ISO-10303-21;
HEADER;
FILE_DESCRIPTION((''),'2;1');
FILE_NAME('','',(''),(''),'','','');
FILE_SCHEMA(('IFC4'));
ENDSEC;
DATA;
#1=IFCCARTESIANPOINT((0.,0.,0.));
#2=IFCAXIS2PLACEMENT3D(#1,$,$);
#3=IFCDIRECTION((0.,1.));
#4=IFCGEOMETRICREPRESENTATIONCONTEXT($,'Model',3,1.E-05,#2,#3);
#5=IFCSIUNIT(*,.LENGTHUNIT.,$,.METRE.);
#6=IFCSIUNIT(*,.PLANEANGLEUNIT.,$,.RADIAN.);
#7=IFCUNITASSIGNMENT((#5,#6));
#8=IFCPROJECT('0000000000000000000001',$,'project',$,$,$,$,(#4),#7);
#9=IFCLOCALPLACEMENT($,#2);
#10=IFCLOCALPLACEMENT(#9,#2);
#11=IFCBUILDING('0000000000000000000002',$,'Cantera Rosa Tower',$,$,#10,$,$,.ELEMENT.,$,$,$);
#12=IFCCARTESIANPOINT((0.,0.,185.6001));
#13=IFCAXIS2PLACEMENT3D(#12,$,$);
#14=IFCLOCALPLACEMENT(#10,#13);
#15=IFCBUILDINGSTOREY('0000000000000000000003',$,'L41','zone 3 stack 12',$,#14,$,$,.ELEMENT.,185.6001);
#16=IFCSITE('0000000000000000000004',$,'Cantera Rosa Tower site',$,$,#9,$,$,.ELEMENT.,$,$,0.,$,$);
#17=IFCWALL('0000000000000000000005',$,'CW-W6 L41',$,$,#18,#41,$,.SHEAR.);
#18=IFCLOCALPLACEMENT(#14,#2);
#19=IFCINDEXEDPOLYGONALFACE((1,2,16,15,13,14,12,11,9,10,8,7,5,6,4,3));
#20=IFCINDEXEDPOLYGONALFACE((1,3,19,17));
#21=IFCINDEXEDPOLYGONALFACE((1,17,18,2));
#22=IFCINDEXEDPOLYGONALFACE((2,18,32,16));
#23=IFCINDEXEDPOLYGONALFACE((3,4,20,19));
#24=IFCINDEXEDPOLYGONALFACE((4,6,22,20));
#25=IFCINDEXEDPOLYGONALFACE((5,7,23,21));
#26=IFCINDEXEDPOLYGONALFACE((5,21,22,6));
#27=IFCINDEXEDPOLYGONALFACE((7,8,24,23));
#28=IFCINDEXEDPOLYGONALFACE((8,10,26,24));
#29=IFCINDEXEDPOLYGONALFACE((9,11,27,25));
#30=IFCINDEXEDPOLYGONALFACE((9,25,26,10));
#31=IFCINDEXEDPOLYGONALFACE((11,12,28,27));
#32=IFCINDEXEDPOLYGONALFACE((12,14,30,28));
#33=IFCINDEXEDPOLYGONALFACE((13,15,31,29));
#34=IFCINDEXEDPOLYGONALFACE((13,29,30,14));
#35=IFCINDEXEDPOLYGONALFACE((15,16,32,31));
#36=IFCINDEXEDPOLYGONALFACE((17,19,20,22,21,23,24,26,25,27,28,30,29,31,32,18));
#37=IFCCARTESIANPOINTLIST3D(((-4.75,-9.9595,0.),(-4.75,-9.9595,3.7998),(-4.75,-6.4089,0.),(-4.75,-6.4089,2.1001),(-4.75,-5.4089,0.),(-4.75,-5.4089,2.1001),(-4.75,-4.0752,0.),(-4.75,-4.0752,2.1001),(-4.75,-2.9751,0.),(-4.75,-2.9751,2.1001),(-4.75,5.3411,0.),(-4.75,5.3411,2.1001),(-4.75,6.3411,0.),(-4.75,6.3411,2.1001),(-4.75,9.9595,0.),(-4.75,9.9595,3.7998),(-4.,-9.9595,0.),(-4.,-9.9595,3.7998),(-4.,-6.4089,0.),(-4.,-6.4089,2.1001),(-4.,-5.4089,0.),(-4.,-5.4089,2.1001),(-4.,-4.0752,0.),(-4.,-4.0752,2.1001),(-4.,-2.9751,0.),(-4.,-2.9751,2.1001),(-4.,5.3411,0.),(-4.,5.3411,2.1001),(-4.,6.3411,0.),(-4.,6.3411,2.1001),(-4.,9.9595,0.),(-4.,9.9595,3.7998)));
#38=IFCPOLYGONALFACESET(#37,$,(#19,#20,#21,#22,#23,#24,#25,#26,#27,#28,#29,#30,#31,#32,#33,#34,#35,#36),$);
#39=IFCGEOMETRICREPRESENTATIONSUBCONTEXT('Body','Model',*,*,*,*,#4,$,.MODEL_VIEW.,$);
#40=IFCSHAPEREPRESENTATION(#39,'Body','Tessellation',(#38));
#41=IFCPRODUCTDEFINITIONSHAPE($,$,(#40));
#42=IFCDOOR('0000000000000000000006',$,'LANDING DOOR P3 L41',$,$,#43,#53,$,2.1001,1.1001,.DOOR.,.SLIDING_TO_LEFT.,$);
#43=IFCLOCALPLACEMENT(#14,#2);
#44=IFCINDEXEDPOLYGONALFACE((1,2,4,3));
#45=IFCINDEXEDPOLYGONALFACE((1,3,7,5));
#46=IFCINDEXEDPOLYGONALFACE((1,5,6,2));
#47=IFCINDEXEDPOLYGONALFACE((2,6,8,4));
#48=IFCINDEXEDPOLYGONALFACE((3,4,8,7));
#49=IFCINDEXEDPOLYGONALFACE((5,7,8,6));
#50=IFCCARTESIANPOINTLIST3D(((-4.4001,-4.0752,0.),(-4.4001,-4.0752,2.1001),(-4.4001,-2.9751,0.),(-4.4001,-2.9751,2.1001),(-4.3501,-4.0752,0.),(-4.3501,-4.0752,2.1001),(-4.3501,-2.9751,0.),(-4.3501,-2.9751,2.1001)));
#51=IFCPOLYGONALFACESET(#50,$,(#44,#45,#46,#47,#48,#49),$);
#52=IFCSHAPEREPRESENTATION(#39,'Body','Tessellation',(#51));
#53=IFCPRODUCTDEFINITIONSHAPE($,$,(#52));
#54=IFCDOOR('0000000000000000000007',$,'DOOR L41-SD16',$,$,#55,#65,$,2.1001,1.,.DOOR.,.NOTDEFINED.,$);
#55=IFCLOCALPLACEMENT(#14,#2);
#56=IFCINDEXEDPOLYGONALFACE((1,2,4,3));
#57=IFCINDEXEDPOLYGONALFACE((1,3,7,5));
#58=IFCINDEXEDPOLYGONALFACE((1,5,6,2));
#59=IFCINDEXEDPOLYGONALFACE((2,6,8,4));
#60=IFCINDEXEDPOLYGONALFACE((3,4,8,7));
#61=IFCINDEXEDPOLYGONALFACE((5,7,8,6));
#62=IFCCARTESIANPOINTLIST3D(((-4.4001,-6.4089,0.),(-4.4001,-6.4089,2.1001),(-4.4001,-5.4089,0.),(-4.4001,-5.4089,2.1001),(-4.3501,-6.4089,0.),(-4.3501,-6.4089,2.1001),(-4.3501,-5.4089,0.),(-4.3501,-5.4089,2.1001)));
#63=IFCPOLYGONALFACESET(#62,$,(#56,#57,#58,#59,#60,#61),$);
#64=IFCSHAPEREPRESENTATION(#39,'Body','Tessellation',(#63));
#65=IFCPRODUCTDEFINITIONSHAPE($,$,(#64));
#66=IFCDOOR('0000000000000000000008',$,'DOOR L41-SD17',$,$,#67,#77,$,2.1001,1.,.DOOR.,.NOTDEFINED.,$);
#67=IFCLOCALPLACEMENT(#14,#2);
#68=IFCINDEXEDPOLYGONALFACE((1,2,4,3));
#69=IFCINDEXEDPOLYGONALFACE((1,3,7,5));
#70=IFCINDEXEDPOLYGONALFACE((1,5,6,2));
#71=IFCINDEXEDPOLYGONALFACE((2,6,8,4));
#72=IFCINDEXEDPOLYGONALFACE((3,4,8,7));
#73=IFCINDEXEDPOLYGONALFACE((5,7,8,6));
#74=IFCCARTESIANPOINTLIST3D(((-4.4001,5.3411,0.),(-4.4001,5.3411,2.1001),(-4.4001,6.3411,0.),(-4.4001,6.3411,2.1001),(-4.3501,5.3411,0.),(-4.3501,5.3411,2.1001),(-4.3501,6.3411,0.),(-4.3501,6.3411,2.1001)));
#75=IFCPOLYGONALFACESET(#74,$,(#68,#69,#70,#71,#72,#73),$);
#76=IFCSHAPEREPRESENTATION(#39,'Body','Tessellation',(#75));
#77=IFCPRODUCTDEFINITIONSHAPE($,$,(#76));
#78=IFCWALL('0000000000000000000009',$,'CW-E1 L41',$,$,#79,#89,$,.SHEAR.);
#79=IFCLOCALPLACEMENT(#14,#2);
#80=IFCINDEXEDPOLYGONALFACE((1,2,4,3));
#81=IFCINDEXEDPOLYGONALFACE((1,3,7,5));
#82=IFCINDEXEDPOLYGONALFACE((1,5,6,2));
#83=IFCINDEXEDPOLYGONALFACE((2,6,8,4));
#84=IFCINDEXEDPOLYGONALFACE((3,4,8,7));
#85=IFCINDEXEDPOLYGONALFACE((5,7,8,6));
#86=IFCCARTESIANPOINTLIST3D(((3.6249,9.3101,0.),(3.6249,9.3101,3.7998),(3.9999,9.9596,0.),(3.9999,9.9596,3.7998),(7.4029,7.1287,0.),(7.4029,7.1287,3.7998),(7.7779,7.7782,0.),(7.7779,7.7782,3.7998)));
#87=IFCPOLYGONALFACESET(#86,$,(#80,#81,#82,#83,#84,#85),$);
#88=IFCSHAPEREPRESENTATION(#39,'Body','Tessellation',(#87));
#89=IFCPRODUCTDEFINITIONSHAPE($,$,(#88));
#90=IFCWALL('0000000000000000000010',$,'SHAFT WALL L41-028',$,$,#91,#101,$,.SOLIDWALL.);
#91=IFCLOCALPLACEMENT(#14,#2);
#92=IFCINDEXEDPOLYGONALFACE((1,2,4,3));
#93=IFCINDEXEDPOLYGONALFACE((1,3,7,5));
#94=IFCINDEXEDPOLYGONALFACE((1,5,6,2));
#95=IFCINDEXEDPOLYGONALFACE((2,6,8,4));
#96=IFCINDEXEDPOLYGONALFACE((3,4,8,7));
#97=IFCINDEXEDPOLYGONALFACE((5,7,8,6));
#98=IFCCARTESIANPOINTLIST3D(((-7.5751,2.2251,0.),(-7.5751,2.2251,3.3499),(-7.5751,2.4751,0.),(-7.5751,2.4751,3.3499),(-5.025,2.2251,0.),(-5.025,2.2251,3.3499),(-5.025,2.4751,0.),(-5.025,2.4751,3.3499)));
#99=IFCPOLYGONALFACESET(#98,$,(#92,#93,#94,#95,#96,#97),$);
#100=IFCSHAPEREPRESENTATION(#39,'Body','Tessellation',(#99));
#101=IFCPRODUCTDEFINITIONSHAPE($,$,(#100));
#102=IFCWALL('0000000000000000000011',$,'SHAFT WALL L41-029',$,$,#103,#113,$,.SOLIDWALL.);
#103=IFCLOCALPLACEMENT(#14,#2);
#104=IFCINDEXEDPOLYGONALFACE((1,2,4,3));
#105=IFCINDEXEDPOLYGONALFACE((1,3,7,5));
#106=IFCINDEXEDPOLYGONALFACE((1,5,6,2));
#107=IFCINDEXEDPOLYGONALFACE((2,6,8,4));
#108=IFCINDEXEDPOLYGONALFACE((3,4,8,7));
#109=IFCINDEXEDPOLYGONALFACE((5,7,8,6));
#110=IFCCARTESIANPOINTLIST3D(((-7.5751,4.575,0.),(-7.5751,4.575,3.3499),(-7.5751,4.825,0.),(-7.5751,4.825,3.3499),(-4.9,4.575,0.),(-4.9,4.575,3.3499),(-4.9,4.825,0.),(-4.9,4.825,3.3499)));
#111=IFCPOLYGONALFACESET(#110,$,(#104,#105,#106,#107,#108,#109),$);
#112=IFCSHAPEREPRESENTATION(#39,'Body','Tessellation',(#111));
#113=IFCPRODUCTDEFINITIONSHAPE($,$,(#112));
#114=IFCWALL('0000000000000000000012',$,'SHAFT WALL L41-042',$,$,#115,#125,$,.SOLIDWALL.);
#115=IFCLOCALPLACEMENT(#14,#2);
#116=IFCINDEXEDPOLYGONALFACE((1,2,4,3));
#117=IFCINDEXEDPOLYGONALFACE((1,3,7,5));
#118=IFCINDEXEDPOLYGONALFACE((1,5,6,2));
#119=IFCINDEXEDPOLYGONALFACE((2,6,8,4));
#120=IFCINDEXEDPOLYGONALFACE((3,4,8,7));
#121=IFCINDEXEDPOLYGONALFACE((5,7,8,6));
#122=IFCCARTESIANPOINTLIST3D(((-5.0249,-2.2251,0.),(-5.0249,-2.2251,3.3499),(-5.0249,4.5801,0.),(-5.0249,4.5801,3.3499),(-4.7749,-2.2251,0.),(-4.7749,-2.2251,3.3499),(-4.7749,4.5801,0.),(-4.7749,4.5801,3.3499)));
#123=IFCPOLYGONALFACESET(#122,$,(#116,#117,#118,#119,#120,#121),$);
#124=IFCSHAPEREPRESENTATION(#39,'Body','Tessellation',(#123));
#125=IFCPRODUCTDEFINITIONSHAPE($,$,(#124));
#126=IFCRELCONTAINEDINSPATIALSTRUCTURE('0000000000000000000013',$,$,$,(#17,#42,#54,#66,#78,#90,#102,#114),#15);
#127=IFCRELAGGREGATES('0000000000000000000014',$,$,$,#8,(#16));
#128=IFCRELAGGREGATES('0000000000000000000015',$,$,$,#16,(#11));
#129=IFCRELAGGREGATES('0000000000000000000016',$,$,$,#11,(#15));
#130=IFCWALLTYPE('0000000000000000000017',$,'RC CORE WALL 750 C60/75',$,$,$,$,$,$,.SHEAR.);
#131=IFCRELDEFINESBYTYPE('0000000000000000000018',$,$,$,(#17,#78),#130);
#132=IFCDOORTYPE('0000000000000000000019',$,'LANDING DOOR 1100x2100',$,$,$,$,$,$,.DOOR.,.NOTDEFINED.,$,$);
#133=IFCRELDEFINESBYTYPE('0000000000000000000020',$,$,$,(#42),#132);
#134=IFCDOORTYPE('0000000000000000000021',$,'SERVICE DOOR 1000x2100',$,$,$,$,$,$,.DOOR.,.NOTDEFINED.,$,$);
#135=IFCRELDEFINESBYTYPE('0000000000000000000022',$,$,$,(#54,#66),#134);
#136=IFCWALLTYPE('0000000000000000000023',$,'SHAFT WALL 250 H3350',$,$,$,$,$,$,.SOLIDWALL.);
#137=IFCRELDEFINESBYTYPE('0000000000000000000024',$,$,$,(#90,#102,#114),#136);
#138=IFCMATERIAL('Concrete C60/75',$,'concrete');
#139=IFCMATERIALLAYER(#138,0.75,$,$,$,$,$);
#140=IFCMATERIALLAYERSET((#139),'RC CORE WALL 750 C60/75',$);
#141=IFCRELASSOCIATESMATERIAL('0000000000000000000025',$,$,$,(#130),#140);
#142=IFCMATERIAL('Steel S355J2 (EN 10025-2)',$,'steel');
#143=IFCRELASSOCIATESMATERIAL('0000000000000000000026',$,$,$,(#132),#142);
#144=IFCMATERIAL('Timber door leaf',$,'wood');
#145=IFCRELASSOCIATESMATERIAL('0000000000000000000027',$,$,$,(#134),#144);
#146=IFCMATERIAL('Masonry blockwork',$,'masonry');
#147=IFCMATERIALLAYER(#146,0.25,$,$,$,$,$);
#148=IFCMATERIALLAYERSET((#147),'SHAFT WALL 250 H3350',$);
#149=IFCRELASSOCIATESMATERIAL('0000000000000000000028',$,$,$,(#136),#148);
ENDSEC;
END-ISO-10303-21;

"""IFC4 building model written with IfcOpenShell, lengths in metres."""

from ifc_helpers import new_model, si_unit, direction, frame, frame_2d, origin, place, context, subcontext, project, spatial, rectangle, extrude, material, layer, layer_set, type_object, element, fill, save


model = new_model("IFC4")

# Units and contexts
model_context = context("Model", 3, precision=1e-05, world=origin(), true_north=direction((0.0, 1.0)))
body_context = subcontext(model_context, "Body", "Model", "MODEL_VIEW")
ifc_project = project(units=[si_unit("LENGTHUNIT", "METRE"), si_unit("PLANEANGLEUNIT", "RADIAN")], contexts=[model_context])

# Site, building, storey
site_placement = place(None, origin())
site = spatial("IfcSite", under=ifc_project, at=site_placement, Name="Cantera Rosa Tower site", CompositionType="ELEMENT", RefElevation=0.0)
building_placement = place(site_placement, origin())
building = spatial("IfcBuilding", under=site, at=building_placement, Name="Cantera Rosa Tower", CompositionType="ELEMENT")
storey_placement = place(building_placement, frame((0.0, 0.0, 185.6001)))
storey = spatial("IfcBuildingStorey", under=building, at=storey_placement, Name="L41", Description="zone 3 stack 12", CompositionType="ELEMENT", Elevation=185.6001)

# Wall, openings, doors
ifc_material_1 = material(Name="Concrete C60/75", Category="concrete")
ifc_layer_1 = layer(ifc_material_1, 0.75)
ifc_layer_set_1 = layer_set([ifc_layer_1], Name="RC CORE WALL 750 C60/75")
wall_type_1 = type_object("IfcWallType", Name="RC CORE WALL 750 C60/75", PredefinedType="SHEAR", material=ifc_layer_set_1)
wall_1_placement = place(storey_placement, frame((-4.375, 9.9595, 0.0), z_axis=(0.0, 0.0, 1.0), x_axis=(0.0, -1.0, 0.0)))
wall_1 = element("IfcWall", 1, at=wall_1_placement, inside=storey, type_object=wall_type_1, Name="CW-W6 L41", PredefinedType="SHEAR", context=body_context, shape_type="SweptSolid", body=[
    extrude(rectangle(XDim=19.9189, YDim=0.75, at=frame_2d((9.9595, 0.0))), origin(), (0.0, 0.0, 1.0), 3.7998),
])
opening_1_placement = place(wall_1_placement, frame((12.9346, 0.0, 0.0)))
opening_1 = element("IfcOpeningElement", 2, at=opening_1_placement, cuts=wall_1, PredefinedType="OPENING", context=body_context, shape_type="SweptSolid", body=[
    extrude(rectangle(XDim=1.1001, YDim=2.1001, at=frame_2d((0.55, 1.05))), frame((0.0, 0.385, 0.0), z_axis=(0.0, -1.0, 0.0), x_axis=(1.0, 0.0, 0.0)), (0.0, 0.0, 1.0), 0.77),
])
opening_2_placement = place(wall_1_placement, frame((15.3684, 0.0, 0.0)))
opening_2 = element("IfcOpeningElement", 3, at=opening_2_placement, cuts=wall_1, PredefinedType="OPENING", context=body_context, shape_type="SweptSolid", body=[
    extrude(rectangle(XDim=1.0, YDim=2.1001, at=frame_2d((0.5, 1.05))), frame((0.0, 0.385, 0.0), z_axis=(0.0, -1.0, 0.0), x_axis=(1.0, 0.0, 0.0)), (0.0, 0.0, 1.0), 0.77),
])
opening_3_placement = place(wall_1_placement, frame((3.6184, 0.0, 0.0)))
opening_3 = element("IfcOpeningElement", 4, at=opening_3_placement, cuts=wall_1, PredefinedType="OPENING", context=body_context, shape_type="SweptSolid", body=[
    extrude(rectangle(XDim=1.0, YDim=2.1001, at=frame_2d((0.5, 1.05))), frame((0.0, 0.385, 0.0), z_axis=(0.0, -1.0, 0.0), x_axis=(1.0, 0.0, 0.0)), (0.0, 0.0, 1.0), 0.77),
])
ifc_material_2 = material(Name="Steel S355J2 (EN 10025-2)", Category="steel")
door_type_1 = type_object("IfcDoorType", Name="LANDING DOOR 1100x2100", OperationType="NOTDEFINED", PredefinedType="DOOR", material=ifc_material_2)
door_1_placement = place(opening_1_placement, origin())
door_1 = element("IfcDoor", 5, at=door_1_placement, inside=storey, type_object=door_type_1, Name="LANDING DOOR P3 L41", OperationType="SLIDING_TO_LEFT", OverallHeight=2.1001, OverallWidth=1.1001, PredefinedType="DOOR", context=body_context, shape_type="SweptSolid", body=[
    extrude(rectangle(XDim=1.1001, YDim=2.1001, at=frame_2d((0.55, 1.05))), frame((0.0, 0.0249, 0.0), z_axis=(0.0, -1.0, 0.0), x_axis=(1.0, 0.0, 0.0)), (0.0, 0.0, 1.0), 0.05),
])
fill(opening_1, door_1)
ifc_material_3 = material(Name="Timber door leaf", Category="wood")
door_type_2 = type_object("IfcDoorType", Name="SERVICE DOOR 1000x2100", OperationType="NOTDEFINED", PredefinedType="DOOR", material=ifc_material_3)
door_2_placement = place(opening_2_placement, origin())
door_2 = element("IfcDoor", 6, at=door_2_placement, inside=storey, type_object=door_type_2, Name="DOOR L41-SD16", OperationType="NOTDEFINED", OverallHeight=2.1001, OverallWidth=1.0, PredefinedType="DOOR", context=body_context, shape_type="SweptSolid", body=[
    extrude(rectangle(XDim=1.0, YDim=2.1001, at=frame_2d((0.5, 1.05))), frame((0.0, 0.0249, 0.0), z_axis=(0.0, -1.0, 0.0), x_axis=(1.0, 0.0, 0.0)), (0.0, 0.0, 1.0), 0.05),
])
fill(opening_2, door_2)
door_3_placement = place(opening_3_placement, origin())
door_3 = element("IfcDoor", 7, at=door_3_placement, inside=storey, type_object=door_type_2, Name="DOOR L41-SD17", OperationType="NOTDEFINED", OverallHeight=2.1001, OverallWidth=1.0, PredefinedType="DOOR", context=body_context, shape_type="SweptSolid", body=[
    extrude(rectangle(XDim=1.0, YDim=2.1001, at=frame_2d((0.5, 1.05))), frame((0.0, 0.0249, 0.0), z_axis=(0.0, -1.0, 0.0), x_axis=(1.0, 0.0, 0.0)), (0.0, 0.0, 1.0), 0.05),
])
fill(opening_3, door_3)

# Walls
wall_2_placement = place(storey_placement, frame((3.8125, 9.6348, 0.0), z_axis=(0.0, 0.0, 1.0), x_axis=(0.866013, -0.500021, 0.0)))
element("IfcWall", 8, at=wall_2_placement, inside=storey, type_object=wall_type_1, Name="CW-E1 L41", PredefinedType="SHEAR", context=body_context, shape_type="SweptSolid", body=[
    extrude(rectangle(XDim=4.3625, YDim=0.75, at=frame_2d((2.1812, 0.0))), origin(), (0.0, 0.0, 1.0), 3.7998),
])
ifc_material_4 = material(Name="Masonry blockwork", Category="masonry")
ifc_layer_2 = layer(ifc_material_4, 0.25)
ifc_layer_set_2 = layer_set([ifc_layer_2], Name="SHAFT WALL 250 H3350")
wall_type_2 = type_object("IfcWallType", Name="SHAFT WALL 250 H3350", PredefinedType="SOLIDWALL", material=ifc_layer_set_2)
wall_3_placement = place(storey_placement, frame((-7.575, 2.3501, 0.0), z_axis=(0.0, 0.0, 1.0), x_axis=(1.0, 0.0, 0.0)))
element("IfcWall", 9, at=wall_3_placement, inside=storey, type_object=wall_type_2, Name="SHAFT WALL L41-028", PredefinedType="SOLIDWALL", context=body_context, shape_type="SweptSolid", body=[
    extrude(rectangle(XDim=2.55, YDim=0.25, at=frame_2d((1.2749, 0.0))), origin(), (0.0, 0.0, 1.0), 3.3499),
])
wall_4_placement = place(storey_placement, frame((-7.575, 4.7, 0.0), z_axis=(0.0, 0.0, 1.0), x_axis=(1.0, 0.0, 0.0)))
element("IfcWall", 10, at=wall_4_placement, inside=storey, type_object=wall_type_2, Name="SHAFT WALL L41-029", PredefinedType="SOLIDWALL", context=body_context, shape_type="SweptSolid", body=[
    extrude(rectangle(XDim=2.675, YDim=0.25, at=frame_2d((1.3374, 0.0))), origin(), (0.0, 0.0, 1.0), 3.3499),
])
wall_5_placement = place(storey_placement, frame((-4.8999, 4.5801, 0.0), z_axis=(0.0, 0.0, 1.0), x_axis=(0.0, -1.0, 0.0)))
element("IfcWall", 11, at=wall_5_placement, inside=storey, type_object=wall_type_2, Name="SHAFT WALL L41-042", PredefinedType="SOLIDWALL", context=body_context, shape_type="SweptSolid", body=[
    extrude(rectangle(XDim=6.8052, YDim=0.25, at=frame_2d((3.4026, 0.0))), origin(), (0.0, 0.0, 1.0), 3.3499),
])

save(model, "model.ifc")
